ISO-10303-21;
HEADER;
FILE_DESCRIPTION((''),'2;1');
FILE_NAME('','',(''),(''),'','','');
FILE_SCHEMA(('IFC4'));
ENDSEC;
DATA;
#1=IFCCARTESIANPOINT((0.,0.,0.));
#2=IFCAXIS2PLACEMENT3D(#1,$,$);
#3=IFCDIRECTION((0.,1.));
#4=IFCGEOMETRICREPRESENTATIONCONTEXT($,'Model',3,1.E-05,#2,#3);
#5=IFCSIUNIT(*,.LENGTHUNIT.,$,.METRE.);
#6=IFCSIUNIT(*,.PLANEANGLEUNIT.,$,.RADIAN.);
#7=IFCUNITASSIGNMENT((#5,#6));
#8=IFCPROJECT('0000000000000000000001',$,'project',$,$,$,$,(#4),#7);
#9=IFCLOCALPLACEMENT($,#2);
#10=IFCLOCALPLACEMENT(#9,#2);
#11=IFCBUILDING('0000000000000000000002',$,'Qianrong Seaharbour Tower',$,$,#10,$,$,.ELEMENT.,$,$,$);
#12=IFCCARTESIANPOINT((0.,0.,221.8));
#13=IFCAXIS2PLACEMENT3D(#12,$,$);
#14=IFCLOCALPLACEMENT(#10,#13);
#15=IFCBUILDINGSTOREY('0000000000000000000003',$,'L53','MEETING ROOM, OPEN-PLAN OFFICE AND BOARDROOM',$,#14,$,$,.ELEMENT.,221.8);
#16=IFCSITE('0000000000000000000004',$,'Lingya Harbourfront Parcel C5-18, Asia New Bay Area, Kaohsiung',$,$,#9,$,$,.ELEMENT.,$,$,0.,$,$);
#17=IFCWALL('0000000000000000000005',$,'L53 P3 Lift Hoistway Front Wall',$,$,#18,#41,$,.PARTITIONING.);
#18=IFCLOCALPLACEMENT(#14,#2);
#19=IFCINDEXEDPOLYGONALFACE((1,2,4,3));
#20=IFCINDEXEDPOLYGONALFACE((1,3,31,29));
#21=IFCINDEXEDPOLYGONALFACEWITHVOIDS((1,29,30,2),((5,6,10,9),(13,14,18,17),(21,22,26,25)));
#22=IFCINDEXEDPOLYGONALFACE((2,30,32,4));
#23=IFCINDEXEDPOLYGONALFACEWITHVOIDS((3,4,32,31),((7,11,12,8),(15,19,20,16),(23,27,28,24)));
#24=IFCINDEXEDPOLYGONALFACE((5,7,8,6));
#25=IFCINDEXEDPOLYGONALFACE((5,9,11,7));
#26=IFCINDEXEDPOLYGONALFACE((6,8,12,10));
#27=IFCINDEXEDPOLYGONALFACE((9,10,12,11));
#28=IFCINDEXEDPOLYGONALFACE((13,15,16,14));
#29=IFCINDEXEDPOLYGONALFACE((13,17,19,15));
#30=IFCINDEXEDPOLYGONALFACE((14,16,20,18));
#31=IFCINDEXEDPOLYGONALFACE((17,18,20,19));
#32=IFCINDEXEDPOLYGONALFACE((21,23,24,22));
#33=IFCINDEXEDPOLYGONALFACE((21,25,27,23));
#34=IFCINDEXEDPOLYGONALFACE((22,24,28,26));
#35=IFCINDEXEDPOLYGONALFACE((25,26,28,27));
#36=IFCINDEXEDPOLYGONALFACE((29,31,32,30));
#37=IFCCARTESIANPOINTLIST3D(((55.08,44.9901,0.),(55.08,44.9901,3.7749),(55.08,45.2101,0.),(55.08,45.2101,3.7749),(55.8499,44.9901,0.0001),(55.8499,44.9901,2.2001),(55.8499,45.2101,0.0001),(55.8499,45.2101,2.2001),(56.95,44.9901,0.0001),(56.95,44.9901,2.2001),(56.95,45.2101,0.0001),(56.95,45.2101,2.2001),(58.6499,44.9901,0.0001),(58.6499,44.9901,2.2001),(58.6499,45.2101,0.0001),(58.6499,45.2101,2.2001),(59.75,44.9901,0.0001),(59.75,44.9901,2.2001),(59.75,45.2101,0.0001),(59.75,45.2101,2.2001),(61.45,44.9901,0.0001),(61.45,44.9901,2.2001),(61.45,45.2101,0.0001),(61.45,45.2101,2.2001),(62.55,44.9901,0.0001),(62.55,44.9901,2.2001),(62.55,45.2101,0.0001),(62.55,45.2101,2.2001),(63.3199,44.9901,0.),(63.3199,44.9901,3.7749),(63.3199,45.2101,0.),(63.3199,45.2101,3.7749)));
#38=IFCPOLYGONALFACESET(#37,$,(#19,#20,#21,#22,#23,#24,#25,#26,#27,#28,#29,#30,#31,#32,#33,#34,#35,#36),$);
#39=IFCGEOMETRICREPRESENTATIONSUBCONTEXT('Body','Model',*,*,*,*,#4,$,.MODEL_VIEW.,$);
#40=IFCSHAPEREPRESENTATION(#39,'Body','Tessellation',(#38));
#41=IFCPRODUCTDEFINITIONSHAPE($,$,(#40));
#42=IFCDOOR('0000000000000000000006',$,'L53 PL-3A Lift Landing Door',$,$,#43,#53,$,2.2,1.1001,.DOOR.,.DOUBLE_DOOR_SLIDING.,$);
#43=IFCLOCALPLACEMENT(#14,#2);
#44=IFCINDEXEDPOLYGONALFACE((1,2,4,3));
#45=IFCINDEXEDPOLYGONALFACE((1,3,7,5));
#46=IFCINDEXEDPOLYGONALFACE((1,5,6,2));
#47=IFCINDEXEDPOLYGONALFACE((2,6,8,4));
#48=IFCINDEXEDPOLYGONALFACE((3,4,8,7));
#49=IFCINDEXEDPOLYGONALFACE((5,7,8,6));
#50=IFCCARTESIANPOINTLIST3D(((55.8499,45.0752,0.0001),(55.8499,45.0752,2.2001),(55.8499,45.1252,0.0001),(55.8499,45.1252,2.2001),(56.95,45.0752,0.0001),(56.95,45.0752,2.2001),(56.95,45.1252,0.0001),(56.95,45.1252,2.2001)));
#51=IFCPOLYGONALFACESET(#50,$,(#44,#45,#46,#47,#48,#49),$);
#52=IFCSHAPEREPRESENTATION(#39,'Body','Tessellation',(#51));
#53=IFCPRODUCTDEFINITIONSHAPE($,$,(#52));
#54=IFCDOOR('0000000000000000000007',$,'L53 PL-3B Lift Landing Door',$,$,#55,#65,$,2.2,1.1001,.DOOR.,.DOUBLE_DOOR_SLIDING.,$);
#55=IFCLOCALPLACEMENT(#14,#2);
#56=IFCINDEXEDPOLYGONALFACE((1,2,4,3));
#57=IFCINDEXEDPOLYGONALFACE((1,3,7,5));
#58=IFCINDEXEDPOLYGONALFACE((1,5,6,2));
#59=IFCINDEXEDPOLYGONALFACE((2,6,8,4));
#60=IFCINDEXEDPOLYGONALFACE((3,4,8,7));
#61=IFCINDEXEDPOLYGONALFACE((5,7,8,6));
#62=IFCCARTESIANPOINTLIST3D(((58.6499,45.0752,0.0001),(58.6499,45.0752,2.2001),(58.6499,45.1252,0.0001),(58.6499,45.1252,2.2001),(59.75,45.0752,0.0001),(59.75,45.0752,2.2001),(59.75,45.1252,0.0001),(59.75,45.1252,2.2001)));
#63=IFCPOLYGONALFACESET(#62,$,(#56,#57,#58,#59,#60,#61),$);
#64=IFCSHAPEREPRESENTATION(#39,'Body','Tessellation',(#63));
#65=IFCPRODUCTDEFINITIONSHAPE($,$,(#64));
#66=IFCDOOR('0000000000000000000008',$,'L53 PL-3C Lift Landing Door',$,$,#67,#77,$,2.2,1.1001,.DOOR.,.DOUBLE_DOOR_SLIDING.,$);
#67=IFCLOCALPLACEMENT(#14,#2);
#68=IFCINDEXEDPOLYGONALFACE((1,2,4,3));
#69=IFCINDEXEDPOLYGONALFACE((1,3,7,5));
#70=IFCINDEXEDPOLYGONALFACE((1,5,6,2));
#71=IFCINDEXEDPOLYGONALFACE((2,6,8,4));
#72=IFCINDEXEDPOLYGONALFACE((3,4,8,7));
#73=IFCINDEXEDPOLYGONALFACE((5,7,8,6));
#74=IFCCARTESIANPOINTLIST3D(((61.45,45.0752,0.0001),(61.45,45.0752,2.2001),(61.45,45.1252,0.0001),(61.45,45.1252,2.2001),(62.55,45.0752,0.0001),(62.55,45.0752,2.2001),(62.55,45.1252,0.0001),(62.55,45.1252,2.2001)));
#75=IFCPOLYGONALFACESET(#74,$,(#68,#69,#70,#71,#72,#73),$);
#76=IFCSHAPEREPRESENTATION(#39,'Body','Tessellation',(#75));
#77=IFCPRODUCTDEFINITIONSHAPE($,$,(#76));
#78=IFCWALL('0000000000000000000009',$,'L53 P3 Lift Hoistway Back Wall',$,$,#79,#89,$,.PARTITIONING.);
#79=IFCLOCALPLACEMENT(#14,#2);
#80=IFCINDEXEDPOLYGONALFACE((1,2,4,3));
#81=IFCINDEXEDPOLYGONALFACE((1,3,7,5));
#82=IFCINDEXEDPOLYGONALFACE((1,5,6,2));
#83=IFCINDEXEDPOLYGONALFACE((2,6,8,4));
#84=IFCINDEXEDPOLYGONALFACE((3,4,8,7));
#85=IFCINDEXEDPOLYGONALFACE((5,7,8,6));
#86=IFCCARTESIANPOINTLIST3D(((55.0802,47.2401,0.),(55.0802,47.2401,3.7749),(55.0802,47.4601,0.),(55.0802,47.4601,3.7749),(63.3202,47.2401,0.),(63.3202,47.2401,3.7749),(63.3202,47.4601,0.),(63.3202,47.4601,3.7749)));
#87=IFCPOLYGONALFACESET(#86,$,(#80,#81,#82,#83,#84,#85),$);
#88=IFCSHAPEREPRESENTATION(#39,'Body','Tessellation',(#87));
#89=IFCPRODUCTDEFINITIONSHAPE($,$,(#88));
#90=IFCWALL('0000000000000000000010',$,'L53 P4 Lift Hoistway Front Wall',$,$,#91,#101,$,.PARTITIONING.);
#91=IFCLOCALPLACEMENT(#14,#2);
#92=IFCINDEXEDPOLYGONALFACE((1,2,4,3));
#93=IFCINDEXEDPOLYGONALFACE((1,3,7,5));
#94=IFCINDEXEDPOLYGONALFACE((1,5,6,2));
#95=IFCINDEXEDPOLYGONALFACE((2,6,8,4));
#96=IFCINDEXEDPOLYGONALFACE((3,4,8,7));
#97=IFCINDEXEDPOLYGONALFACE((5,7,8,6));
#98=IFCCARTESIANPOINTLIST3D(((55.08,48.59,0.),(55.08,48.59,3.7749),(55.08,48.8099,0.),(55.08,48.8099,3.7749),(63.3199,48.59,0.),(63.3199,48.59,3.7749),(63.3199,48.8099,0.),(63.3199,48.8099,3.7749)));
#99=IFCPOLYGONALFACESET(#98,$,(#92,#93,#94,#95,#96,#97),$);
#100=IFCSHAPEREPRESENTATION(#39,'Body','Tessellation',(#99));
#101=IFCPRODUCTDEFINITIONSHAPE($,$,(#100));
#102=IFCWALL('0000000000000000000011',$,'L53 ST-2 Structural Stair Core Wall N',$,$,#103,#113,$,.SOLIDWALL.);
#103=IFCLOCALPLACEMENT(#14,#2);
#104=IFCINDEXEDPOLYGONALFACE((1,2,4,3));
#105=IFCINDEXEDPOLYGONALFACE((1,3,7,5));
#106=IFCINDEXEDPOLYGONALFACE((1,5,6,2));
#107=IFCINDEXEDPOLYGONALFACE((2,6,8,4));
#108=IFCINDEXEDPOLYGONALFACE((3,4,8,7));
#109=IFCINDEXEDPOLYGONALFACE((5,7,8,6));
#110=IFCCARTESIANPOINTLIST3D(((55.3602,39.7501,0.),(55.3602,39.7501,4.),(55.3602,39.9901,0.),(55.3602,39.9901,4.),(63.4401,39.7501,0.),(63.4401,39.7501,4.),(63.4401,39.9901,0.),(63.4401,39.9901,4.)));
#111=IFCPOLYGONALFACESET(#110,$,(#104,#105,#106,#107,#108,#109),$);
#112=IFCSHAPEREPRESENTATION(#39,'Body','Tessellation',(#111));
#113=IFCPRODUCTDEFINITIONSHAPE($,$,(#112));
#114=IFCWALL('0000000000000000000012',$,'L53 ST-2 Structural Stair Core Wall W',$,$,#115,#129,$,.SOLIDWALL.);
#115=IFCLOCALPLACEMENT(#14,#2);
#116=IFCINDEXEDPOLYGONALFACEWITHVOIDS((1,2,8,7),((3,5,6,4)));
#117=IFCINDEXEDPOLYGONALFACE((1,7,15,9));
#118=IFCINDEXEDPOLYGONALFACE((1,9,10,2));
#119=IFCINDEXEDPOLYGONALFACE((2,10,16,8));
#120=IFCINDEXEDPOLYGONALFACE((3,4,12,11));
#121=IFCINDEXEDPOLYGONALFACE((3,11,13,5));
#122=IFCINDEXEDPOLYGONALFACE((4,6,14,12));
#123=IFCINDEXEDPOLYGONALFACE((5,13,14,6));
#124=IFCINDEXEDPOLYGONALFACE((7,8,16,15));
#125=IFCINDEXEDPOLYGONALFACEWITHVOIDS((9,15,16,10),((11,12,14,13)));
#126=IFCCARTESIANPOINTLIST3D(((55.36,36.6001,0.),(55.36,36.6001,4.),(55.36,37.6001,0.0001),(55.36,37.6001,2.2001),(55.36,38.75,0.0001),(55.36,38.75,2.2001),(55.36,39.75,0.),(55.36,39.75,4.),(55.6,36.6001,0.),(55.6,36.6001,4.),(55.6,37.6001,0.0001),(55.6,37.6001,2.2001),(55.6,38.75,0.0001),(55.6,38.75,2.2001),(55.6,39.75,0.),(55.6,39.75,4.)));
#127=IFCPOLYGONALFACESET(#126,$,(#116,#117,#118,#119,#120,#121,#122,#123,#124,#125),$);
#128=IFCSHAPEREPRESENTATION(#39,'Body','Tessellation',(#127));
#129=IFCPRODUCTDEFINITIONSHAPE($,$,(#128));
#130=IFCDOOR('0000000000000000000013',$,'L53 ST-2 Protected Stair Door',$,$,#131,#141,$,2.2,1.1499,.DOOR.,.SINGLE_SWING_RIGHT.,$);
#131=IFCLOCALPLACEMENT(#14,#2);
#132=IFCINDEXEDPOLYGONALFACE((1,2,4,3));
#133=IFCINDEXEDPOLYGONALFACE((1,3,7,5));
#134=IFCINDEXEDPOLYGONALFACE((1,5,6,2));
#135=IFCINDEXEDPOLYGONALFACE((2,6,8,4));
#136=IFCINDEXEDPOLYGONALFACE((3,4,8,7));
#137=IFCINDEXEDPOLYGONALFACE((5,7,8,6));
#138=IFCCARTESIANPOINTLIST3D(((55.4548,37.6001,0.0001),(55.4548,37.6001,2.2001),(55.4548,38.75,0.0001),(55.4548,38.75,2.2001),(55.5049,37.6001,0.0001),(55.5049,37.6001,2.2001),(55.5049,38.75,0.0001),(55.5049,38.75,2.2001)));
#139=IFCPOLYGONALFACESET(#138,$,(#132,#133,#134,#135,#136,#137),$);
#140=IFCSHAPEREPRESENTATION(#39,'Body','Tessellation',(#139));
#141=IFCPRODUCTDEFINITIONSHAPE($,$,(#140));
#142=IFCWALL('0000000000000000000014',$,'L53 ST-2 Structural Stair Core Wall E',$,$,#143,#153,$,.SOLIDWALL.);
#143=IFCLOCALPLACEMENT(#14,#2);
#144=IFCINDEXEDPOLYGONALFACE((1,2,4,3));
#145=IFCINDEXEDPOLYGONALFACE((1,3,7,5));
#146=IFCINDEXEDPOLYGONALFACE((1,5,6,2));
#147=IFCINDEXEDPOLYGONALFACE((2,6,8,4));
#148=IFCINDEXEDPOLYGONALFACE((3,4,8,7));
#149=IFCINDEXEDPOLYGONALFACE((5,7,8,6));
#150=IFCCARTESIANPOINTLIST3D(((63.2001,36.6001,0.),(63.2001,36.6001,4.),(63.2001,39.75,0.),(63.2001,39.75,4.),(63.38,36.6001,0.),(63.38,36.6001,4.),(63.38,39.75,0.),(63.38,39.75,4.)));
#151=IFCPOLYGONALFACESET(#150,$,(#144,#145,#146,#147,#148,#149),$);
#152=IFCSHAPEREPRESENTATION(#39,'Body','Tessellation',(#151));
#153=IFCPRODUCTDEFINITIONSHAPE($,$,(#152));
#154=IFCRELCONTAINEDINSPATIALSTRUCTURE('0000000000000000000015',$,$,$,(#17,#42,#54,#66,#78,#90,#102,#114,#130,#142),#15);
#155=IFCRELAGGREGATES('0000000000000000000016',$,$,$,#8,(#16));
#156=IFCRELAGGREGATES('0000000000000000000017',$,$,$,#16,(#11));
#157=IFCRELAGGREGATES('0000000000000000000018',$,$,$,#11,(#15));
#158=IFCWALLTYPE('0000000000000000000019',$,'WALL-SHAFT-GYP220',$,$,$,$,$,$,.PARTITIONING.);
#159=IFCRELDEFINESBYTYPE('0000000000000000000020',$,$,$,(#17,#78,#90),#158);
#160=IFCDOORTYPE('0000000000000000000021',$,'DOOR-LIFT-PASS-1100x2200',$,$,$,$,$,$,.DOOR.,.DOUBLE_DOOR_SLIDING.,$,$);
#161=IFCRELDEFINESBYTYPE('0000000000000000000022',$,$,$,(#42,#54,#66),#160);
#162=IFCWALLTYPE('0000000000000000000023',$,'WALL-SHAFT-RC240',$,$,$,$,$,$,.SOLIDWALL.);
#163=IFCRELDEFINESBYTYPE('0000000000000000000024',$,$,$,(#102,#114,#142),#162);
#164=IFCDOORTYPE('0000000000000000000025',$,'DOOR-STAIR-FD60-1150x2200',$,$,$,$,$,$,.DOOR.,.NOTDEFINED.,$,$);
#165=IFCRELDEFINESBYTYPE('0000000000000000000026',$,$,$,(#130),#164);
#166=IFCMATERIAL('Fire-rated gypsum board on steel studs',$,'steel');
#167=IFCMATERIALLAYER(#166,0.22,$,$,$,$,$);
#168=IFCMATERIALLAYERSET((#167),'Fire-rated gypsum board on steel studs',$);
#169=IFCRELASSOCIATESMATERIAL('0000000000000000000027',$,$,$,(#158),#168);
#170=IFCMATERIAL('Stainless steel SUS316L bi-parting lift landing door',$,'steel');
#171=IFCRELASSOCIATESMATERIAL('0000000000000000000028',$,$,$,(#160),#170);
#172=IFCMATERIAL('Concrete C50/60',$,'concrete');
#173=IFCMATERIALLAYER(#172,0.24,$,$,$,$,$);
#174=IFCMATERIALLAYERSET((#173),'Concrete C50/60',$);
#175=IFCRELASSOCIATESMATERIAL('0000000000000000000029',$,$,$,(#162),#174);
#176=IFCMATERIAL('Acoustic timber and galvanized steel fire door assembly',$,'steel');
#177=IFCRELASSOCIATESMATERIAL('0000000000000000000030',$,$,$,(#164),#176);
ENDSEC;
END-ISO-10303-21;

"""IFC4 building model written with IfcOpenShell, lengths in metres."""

from ifc_helpers import new_model, si_unit, direction, frame, frame_2d, origin, place, context, subcontext, project, spatial, rectangle, extrude, material, layer, layer_set, type_object, element, fill, save


model = new_model("IFC4")

# Units and contexts
model_context = context("Model", 3, precision=1e-05, world=origin(), true_north=direction((0.0, 1.0)))
body_context = subcontext(model_context, "Body", "Model", "MODEL_VIEW")
ifc_project = project(units=[si_unit("LENGTHUNIT", "METRE"), si_unit("PLANEANGLEUNIT", "RADIAN")], contexts=[model_context])

# Site, building, storey
site_placement = place(None, origin())
site = spatial("IfcSite", under=ifc_project, at=site_placement, Name="Lingya Harbourfront Parcel C5-18, Asia New Bay Area, Kaohsiung", CompositionType="ELEMENT", RefElevation=0.0)
building_placement = place(site_placement, origin())
building = spatial("IfcBuilding", under=site, at=building_placement, Name="Qianrong Seaharbour Tower", CompositionType="ELEMENT")
storey_placement = place(building_placement, frame((0.0, 0.0, 221.8)))
storey = spatial("IfcBuildingStorey", under=building, at=storey_placement, Name="L53", Description="MEETING ROOM, OPEN-PLAN OFFICE AND BOARDROOM", CompositionType="ELEMENT", Elevation=221.8)

# Shared definitions
ifc_material_1 = material(Name="Concrete C50/60", Category="concrete")

# Shared definitions
ifc_material_2 = material(Name="Acoustic timber and galvanized steel fire door assembly", Category="steel")

# Shared definitions
ifc_material_3 = material(Name="Fire-rated gypsum board on steel studs", Category="steel")

# Wall, openings, doors
ifc_layer_1 = layer(ifc_material_3, 0.22)
ifc_layer_set_1 = layer_set([ifc_layer_1], Name="Fire-rated gypsum board on steel studs")
wall_type_1 = type_object("IfcWallType", Name="WALL-SHAFT-GYP220", PredefinedType="PARTITIONING", material=ifc_layer_set_1)
wall_1_placement = place(storey_placement, frame((63.3201, 45.1001, 0.0), z_axis=(0.0, 0.0, 1.0), x_axis=(-1.0, 0.0, 0.0)))
wall_1 = element("IfcWall", 1, at=wall_1_placement, inside=storey, type_object=wall_type_1, Name="L53 P3 Lift Hoistway Front Wall", PredefinedType="PARTITIONING", context=body_context, shape_type="SweptSolid", body=[
    extrude(rectangle(XDim=8.24, YDim=0.22, at=frame_2d((4.1201, 0.0))), origin(), (0.0, 0.0, 1.0), 3.7749),
])
opening_1_placement = place(wall_1_placement, frame((6.3701, 0.0, 0.0)))
opening_1 = element("IfcOpeningElement", 2, at=opening_1_placement, cuts=wall_1, PredefinedType="OPENING", context=body_context, shape_type="SweptSolid", body=[
    extrude(rectangle(XDim=1.1001, YDim=2.2, at=frame_2d((0.55, 1.1001))), frame((0.0, 0.1201, 0.0), z_axis=(0.0, -1.0, 0.0), x_axis=(1.0, 0.0, 0.0)), (0.0, 0.0, 1.0), 0.24),
])
opening_2_placement = place(wall_1_placement, frame((3.5701, 0.0, 0.0)))
opening_2 = element("IfcOpeningElement", 3, at=opening_2_placement, cuts=wall_1, PredefinedType="OPENING", context=body_context, shape_type="SweptSolid", body=[
    extrude(rectangle(XDim=1.1001, YDim=2.2, at=frame_2d((0.55, 1.1001))), frame((0.0, 0.1201, 0.0), z_axis=(0.0, -1.0, 0.0), x_axis=(1.0, 0.0, 0.0)), (0.0, 0.0, 1.0), 0.24),
])
opening_3_placement = place(wall_1_placement, frame((0.77, 0.0, 0.0)))
opening_3 = element("IfcOpeningElement", 4, at=opening_3_placement, cuts=wall_1, PredefinedType="OPENING", context=body_context, shape_type="SweptSolid", body=[
    extrude(rectangle(XDim=1.1001, YDim=2.2, at=frame_2d((0.55, 1.1001))), frame((0.0, 0.1201, 0.0), z_axis=(0.0, -1.0, 0.0), x_axis=(1.0, 0.0, 0.0)), (0.0, 0.0, 1.0), 0.24),
])
ifc_material_4 = material(Name="Stainless steel SUS316L bi-parting lift landing door", Category="steel")
door_type_1 = type_object("IfcDoorType", Name="DOOR-LIFT-PASS-1100x2200", OperationType="DOUBLE_DOOR_SLIDING", PredefinedType="DOOR", material=ifc_material_4)
door_1_placement = place(opening_1_placement, origin())
door_1 = element("IfcDoor", 5, at=door_1_placement, inside=storey, type_object=door_type_1, Name="L53 PL-3A Lift Landing Door", OperationType="DOUBLE_DOOR_SLIDING", OverallHeight=2.2, OverallWidth=1.1001, PredefinedType="DOOR", context=body_context, shape_type="SweptSolid", body=[
    extrude(rectangle(XDim=1.1001, YDim=2.2, at=frame_2d((0.55, 1.1001))), frame((0.0, 0.0249, 0.0), z_axis=(0.0, -1.0, 0.0), x_axis=(1.0, 0.0, 0.0)), (0.0, 0.0, 1.0), 0.05),
])
fill(opening_1, door_1)
door_2_placement = place(opening_2_placement, origin())
door_2 = element("IfcDoor", 6, at=door_2_placement, inside=storey, type_object=door_type_1, Name="L53 PL-3B Lift Landing Door", OperationType="DOUBLE_DOOR_SLIDING", OverallHeight=2.2, OverallWidth=1.1001, PredefinedType="DOOR", context=body_context, shape_type="SweptSolid", body=[
    extrude(rectangle(XDim=1.1001, YDim=2.2, at=frame_2d((0.55, 1.1001))), frame((0.0, 0.0249, 0.0), z_axis=(0.0, -1.0, 0.0), x_axis=(1.0, 0.0, 0.0)), (0.0, 0.0, 1.0), 0.05),
])
fill(opening_2, door_2)
door_3_placement = place(opening_3_placement, origin())
door_3 = element("IfcDoor", 7, at=door_3_placement, inside=storey, type_object=door_type_1, Name="L53 PL-3C Lift Landing Door", OperationType="DOUBLE_DOOR_SLIDING", OverallHeight=2.2, OverallWidth=1.1001, PredefinedType="DOOR", context=body_context, shape_type="SweptSolid", body=[
    extrude(rectangle(XDim=1.1001, YDim=2.2, at=frame_2d((0.55, 1.1001))), frame((0.0, 0.0249, 0.0), z_axis=(0.0, -1.0, 0.0), x_axis=(1.0, 0.0, 0.0)), (0.0, 0.0, 1.0), 0.05),
])
fill(opening_3, door_3)

# Walls
for number, where, z_axis, x_axis, name in (
    (8, (55.0801, 47.3501, 0.0), (0.0, 0.0, 1.0), (1.0, 0.0, 0.0), "L53 P3 Lift Hoistway Back Wall"),
    (9, (63.3201, 48.7, 0.0), (0.0, 0.0, 1.0), (-1.0, 0.0, 0.0), "L53 P4 Lift Hoistway Front Wall"),
):
    element("IfcWall", number, at=place(storey_placement, frame(where, z_axis=z_axis, x_axis=x_axis)), inside=storey, type_object=wall_type_1, Name=name, PredefinedType="PARTITIONING", context=body_context, shape_type="SweptSolid", body=[
        extrude(rectangle(XDim=8.24, YDim=0.22, at=frame_2d((4.1201, 0.0))), origin(), (0.0, 0.0, 1.0), 3.7749),
    ])
ifc_layer_2 = layer(ifc_material_1, 0.24)
ifc_layer_set_2 = layer_set([ifc_layer_2], Name="Concrete C50/60")
wall_type_2 = type_object("IfcWallType", Name="WALL-SHAFT-RC240", PredefinedType="SOLIDWALL", material=ifc_layer_set_2)
wall_2_placement = place(storey_placement, frame((55.3601, 39.8701, 0.0), z_axis=(0.0, 0.0, 1.0), x_axis=(1.0, 0.0, 0.0)))
element("IfcWall", 10, at=wall_2_placement, inside=storey, type_object=wall_type_2, Name="L53 ST-2 Structural Stair Core Wall N", PredefinedType="SOLIDWALL", context=body_context, shape_type="SweptSolid", body=[
    extrude(rectangle(XDim=8.0798, YDim=0.24, at=frame_2d((4.04, 0.0))), origin(), (0.0, 0.0, 1.0), 4.0),
])

# Wall, opening, door
wall_3_placement = place(storey_placement, frame((55.48, 39.75, 0.0), z_axis=(0.0, 0.0, 1.0), x_axis=(0.0, -1.0, 0.0)))
wall_3 = element("IfcWall", 11, at=wall_3_placement, inside=storey, type_object=wall_type_2, Name="L53 ST-2 Structural Stair Core Wall W", PredefinedType="SOLIDWALL", context=body_context, shape_type="SweptSolid", body=[
    extrude(rectangle(XDim=3.1499, YDim=0.24, at=frame_2d((1.575, 0.0))), origin(), (0.0, 0.0, 1.0), 4.0),
])
opening_4_placement = place(wall_3_placement, frame((1.0, 0.0, 0.0)))
opening_4 = element("IfcOpeningElement", 12, at=opening_4_placement, cuts=wall_3, PredefinedType="OPENING", context=body_context, shape_type="SweptSolid", body=[
    extrude(rectangle(XDim=1.1499, YDim=2.2, at=frame_2d((0.575, 1.1001))), frame((0.0, 0.1299, 0.0), z_axis=(0.0, -1.0, 0.0), x_axis=(1.0, 0.0, 0.0)), (0.0, 0.0, 1.0), 0.26),
])
door_type_2 = type_object("IfcDoorType", Name="DOOR-STAIR-FD60-1150x2200", OperationType="NOTDEFINED", PredefinedType="DOOR", material=ifc_material_2)
door_4_placement = place(opening_4_placement, origin())
door_4 = element("IfcDoor", 13, at=door_4_placement, inside=storey, type_object=door_type_2, Name="L53 ST-2 Protected Stair Door", OperationType="SINGLE_SWING_RIGHT", OverallHeight=2.2, OverallWidth=1.1499, PredefinedType="DOOR", context=body_context, shape_type="SweptSolid", body=[
    extrude(rectangle(XDim=1.1499, YDim=2.2, at=frame_2d((0.575, 1.1001))), frame((0.0, 0.0249, 0.0), z_axis=(0.0, -1.0, 0.0), x_axis=(1.0, 0.0, 0.0)), (0.0, 0.0, 1.0), 0.05),
])
fill(opening_4, door_4)

# Wall
wall_4_placement = place(storey_placement, frame((63.29, 36.6001, 0.0), z_axis=(0.0, 0.0, 1.0), x_axis=(0.0, 1.0, 0.0)))
element("IfcWall", 14, at=wall_4_placement, inside=storey, type_object=wall_type_2, Name="L53 ST-2 Structural Stair Core Wall E", PredefinedType="SOLIDWALL", context=body_context, shape_type="SweptSolid", body=[
    extrude(rectangle(XDim=3.1499, YDim=0.1799, at=frame_2d((1.575, 0.0))), origin(), (0.0, 0.0, 1.0), 4.0),
])

save(model, "model.ifc")
